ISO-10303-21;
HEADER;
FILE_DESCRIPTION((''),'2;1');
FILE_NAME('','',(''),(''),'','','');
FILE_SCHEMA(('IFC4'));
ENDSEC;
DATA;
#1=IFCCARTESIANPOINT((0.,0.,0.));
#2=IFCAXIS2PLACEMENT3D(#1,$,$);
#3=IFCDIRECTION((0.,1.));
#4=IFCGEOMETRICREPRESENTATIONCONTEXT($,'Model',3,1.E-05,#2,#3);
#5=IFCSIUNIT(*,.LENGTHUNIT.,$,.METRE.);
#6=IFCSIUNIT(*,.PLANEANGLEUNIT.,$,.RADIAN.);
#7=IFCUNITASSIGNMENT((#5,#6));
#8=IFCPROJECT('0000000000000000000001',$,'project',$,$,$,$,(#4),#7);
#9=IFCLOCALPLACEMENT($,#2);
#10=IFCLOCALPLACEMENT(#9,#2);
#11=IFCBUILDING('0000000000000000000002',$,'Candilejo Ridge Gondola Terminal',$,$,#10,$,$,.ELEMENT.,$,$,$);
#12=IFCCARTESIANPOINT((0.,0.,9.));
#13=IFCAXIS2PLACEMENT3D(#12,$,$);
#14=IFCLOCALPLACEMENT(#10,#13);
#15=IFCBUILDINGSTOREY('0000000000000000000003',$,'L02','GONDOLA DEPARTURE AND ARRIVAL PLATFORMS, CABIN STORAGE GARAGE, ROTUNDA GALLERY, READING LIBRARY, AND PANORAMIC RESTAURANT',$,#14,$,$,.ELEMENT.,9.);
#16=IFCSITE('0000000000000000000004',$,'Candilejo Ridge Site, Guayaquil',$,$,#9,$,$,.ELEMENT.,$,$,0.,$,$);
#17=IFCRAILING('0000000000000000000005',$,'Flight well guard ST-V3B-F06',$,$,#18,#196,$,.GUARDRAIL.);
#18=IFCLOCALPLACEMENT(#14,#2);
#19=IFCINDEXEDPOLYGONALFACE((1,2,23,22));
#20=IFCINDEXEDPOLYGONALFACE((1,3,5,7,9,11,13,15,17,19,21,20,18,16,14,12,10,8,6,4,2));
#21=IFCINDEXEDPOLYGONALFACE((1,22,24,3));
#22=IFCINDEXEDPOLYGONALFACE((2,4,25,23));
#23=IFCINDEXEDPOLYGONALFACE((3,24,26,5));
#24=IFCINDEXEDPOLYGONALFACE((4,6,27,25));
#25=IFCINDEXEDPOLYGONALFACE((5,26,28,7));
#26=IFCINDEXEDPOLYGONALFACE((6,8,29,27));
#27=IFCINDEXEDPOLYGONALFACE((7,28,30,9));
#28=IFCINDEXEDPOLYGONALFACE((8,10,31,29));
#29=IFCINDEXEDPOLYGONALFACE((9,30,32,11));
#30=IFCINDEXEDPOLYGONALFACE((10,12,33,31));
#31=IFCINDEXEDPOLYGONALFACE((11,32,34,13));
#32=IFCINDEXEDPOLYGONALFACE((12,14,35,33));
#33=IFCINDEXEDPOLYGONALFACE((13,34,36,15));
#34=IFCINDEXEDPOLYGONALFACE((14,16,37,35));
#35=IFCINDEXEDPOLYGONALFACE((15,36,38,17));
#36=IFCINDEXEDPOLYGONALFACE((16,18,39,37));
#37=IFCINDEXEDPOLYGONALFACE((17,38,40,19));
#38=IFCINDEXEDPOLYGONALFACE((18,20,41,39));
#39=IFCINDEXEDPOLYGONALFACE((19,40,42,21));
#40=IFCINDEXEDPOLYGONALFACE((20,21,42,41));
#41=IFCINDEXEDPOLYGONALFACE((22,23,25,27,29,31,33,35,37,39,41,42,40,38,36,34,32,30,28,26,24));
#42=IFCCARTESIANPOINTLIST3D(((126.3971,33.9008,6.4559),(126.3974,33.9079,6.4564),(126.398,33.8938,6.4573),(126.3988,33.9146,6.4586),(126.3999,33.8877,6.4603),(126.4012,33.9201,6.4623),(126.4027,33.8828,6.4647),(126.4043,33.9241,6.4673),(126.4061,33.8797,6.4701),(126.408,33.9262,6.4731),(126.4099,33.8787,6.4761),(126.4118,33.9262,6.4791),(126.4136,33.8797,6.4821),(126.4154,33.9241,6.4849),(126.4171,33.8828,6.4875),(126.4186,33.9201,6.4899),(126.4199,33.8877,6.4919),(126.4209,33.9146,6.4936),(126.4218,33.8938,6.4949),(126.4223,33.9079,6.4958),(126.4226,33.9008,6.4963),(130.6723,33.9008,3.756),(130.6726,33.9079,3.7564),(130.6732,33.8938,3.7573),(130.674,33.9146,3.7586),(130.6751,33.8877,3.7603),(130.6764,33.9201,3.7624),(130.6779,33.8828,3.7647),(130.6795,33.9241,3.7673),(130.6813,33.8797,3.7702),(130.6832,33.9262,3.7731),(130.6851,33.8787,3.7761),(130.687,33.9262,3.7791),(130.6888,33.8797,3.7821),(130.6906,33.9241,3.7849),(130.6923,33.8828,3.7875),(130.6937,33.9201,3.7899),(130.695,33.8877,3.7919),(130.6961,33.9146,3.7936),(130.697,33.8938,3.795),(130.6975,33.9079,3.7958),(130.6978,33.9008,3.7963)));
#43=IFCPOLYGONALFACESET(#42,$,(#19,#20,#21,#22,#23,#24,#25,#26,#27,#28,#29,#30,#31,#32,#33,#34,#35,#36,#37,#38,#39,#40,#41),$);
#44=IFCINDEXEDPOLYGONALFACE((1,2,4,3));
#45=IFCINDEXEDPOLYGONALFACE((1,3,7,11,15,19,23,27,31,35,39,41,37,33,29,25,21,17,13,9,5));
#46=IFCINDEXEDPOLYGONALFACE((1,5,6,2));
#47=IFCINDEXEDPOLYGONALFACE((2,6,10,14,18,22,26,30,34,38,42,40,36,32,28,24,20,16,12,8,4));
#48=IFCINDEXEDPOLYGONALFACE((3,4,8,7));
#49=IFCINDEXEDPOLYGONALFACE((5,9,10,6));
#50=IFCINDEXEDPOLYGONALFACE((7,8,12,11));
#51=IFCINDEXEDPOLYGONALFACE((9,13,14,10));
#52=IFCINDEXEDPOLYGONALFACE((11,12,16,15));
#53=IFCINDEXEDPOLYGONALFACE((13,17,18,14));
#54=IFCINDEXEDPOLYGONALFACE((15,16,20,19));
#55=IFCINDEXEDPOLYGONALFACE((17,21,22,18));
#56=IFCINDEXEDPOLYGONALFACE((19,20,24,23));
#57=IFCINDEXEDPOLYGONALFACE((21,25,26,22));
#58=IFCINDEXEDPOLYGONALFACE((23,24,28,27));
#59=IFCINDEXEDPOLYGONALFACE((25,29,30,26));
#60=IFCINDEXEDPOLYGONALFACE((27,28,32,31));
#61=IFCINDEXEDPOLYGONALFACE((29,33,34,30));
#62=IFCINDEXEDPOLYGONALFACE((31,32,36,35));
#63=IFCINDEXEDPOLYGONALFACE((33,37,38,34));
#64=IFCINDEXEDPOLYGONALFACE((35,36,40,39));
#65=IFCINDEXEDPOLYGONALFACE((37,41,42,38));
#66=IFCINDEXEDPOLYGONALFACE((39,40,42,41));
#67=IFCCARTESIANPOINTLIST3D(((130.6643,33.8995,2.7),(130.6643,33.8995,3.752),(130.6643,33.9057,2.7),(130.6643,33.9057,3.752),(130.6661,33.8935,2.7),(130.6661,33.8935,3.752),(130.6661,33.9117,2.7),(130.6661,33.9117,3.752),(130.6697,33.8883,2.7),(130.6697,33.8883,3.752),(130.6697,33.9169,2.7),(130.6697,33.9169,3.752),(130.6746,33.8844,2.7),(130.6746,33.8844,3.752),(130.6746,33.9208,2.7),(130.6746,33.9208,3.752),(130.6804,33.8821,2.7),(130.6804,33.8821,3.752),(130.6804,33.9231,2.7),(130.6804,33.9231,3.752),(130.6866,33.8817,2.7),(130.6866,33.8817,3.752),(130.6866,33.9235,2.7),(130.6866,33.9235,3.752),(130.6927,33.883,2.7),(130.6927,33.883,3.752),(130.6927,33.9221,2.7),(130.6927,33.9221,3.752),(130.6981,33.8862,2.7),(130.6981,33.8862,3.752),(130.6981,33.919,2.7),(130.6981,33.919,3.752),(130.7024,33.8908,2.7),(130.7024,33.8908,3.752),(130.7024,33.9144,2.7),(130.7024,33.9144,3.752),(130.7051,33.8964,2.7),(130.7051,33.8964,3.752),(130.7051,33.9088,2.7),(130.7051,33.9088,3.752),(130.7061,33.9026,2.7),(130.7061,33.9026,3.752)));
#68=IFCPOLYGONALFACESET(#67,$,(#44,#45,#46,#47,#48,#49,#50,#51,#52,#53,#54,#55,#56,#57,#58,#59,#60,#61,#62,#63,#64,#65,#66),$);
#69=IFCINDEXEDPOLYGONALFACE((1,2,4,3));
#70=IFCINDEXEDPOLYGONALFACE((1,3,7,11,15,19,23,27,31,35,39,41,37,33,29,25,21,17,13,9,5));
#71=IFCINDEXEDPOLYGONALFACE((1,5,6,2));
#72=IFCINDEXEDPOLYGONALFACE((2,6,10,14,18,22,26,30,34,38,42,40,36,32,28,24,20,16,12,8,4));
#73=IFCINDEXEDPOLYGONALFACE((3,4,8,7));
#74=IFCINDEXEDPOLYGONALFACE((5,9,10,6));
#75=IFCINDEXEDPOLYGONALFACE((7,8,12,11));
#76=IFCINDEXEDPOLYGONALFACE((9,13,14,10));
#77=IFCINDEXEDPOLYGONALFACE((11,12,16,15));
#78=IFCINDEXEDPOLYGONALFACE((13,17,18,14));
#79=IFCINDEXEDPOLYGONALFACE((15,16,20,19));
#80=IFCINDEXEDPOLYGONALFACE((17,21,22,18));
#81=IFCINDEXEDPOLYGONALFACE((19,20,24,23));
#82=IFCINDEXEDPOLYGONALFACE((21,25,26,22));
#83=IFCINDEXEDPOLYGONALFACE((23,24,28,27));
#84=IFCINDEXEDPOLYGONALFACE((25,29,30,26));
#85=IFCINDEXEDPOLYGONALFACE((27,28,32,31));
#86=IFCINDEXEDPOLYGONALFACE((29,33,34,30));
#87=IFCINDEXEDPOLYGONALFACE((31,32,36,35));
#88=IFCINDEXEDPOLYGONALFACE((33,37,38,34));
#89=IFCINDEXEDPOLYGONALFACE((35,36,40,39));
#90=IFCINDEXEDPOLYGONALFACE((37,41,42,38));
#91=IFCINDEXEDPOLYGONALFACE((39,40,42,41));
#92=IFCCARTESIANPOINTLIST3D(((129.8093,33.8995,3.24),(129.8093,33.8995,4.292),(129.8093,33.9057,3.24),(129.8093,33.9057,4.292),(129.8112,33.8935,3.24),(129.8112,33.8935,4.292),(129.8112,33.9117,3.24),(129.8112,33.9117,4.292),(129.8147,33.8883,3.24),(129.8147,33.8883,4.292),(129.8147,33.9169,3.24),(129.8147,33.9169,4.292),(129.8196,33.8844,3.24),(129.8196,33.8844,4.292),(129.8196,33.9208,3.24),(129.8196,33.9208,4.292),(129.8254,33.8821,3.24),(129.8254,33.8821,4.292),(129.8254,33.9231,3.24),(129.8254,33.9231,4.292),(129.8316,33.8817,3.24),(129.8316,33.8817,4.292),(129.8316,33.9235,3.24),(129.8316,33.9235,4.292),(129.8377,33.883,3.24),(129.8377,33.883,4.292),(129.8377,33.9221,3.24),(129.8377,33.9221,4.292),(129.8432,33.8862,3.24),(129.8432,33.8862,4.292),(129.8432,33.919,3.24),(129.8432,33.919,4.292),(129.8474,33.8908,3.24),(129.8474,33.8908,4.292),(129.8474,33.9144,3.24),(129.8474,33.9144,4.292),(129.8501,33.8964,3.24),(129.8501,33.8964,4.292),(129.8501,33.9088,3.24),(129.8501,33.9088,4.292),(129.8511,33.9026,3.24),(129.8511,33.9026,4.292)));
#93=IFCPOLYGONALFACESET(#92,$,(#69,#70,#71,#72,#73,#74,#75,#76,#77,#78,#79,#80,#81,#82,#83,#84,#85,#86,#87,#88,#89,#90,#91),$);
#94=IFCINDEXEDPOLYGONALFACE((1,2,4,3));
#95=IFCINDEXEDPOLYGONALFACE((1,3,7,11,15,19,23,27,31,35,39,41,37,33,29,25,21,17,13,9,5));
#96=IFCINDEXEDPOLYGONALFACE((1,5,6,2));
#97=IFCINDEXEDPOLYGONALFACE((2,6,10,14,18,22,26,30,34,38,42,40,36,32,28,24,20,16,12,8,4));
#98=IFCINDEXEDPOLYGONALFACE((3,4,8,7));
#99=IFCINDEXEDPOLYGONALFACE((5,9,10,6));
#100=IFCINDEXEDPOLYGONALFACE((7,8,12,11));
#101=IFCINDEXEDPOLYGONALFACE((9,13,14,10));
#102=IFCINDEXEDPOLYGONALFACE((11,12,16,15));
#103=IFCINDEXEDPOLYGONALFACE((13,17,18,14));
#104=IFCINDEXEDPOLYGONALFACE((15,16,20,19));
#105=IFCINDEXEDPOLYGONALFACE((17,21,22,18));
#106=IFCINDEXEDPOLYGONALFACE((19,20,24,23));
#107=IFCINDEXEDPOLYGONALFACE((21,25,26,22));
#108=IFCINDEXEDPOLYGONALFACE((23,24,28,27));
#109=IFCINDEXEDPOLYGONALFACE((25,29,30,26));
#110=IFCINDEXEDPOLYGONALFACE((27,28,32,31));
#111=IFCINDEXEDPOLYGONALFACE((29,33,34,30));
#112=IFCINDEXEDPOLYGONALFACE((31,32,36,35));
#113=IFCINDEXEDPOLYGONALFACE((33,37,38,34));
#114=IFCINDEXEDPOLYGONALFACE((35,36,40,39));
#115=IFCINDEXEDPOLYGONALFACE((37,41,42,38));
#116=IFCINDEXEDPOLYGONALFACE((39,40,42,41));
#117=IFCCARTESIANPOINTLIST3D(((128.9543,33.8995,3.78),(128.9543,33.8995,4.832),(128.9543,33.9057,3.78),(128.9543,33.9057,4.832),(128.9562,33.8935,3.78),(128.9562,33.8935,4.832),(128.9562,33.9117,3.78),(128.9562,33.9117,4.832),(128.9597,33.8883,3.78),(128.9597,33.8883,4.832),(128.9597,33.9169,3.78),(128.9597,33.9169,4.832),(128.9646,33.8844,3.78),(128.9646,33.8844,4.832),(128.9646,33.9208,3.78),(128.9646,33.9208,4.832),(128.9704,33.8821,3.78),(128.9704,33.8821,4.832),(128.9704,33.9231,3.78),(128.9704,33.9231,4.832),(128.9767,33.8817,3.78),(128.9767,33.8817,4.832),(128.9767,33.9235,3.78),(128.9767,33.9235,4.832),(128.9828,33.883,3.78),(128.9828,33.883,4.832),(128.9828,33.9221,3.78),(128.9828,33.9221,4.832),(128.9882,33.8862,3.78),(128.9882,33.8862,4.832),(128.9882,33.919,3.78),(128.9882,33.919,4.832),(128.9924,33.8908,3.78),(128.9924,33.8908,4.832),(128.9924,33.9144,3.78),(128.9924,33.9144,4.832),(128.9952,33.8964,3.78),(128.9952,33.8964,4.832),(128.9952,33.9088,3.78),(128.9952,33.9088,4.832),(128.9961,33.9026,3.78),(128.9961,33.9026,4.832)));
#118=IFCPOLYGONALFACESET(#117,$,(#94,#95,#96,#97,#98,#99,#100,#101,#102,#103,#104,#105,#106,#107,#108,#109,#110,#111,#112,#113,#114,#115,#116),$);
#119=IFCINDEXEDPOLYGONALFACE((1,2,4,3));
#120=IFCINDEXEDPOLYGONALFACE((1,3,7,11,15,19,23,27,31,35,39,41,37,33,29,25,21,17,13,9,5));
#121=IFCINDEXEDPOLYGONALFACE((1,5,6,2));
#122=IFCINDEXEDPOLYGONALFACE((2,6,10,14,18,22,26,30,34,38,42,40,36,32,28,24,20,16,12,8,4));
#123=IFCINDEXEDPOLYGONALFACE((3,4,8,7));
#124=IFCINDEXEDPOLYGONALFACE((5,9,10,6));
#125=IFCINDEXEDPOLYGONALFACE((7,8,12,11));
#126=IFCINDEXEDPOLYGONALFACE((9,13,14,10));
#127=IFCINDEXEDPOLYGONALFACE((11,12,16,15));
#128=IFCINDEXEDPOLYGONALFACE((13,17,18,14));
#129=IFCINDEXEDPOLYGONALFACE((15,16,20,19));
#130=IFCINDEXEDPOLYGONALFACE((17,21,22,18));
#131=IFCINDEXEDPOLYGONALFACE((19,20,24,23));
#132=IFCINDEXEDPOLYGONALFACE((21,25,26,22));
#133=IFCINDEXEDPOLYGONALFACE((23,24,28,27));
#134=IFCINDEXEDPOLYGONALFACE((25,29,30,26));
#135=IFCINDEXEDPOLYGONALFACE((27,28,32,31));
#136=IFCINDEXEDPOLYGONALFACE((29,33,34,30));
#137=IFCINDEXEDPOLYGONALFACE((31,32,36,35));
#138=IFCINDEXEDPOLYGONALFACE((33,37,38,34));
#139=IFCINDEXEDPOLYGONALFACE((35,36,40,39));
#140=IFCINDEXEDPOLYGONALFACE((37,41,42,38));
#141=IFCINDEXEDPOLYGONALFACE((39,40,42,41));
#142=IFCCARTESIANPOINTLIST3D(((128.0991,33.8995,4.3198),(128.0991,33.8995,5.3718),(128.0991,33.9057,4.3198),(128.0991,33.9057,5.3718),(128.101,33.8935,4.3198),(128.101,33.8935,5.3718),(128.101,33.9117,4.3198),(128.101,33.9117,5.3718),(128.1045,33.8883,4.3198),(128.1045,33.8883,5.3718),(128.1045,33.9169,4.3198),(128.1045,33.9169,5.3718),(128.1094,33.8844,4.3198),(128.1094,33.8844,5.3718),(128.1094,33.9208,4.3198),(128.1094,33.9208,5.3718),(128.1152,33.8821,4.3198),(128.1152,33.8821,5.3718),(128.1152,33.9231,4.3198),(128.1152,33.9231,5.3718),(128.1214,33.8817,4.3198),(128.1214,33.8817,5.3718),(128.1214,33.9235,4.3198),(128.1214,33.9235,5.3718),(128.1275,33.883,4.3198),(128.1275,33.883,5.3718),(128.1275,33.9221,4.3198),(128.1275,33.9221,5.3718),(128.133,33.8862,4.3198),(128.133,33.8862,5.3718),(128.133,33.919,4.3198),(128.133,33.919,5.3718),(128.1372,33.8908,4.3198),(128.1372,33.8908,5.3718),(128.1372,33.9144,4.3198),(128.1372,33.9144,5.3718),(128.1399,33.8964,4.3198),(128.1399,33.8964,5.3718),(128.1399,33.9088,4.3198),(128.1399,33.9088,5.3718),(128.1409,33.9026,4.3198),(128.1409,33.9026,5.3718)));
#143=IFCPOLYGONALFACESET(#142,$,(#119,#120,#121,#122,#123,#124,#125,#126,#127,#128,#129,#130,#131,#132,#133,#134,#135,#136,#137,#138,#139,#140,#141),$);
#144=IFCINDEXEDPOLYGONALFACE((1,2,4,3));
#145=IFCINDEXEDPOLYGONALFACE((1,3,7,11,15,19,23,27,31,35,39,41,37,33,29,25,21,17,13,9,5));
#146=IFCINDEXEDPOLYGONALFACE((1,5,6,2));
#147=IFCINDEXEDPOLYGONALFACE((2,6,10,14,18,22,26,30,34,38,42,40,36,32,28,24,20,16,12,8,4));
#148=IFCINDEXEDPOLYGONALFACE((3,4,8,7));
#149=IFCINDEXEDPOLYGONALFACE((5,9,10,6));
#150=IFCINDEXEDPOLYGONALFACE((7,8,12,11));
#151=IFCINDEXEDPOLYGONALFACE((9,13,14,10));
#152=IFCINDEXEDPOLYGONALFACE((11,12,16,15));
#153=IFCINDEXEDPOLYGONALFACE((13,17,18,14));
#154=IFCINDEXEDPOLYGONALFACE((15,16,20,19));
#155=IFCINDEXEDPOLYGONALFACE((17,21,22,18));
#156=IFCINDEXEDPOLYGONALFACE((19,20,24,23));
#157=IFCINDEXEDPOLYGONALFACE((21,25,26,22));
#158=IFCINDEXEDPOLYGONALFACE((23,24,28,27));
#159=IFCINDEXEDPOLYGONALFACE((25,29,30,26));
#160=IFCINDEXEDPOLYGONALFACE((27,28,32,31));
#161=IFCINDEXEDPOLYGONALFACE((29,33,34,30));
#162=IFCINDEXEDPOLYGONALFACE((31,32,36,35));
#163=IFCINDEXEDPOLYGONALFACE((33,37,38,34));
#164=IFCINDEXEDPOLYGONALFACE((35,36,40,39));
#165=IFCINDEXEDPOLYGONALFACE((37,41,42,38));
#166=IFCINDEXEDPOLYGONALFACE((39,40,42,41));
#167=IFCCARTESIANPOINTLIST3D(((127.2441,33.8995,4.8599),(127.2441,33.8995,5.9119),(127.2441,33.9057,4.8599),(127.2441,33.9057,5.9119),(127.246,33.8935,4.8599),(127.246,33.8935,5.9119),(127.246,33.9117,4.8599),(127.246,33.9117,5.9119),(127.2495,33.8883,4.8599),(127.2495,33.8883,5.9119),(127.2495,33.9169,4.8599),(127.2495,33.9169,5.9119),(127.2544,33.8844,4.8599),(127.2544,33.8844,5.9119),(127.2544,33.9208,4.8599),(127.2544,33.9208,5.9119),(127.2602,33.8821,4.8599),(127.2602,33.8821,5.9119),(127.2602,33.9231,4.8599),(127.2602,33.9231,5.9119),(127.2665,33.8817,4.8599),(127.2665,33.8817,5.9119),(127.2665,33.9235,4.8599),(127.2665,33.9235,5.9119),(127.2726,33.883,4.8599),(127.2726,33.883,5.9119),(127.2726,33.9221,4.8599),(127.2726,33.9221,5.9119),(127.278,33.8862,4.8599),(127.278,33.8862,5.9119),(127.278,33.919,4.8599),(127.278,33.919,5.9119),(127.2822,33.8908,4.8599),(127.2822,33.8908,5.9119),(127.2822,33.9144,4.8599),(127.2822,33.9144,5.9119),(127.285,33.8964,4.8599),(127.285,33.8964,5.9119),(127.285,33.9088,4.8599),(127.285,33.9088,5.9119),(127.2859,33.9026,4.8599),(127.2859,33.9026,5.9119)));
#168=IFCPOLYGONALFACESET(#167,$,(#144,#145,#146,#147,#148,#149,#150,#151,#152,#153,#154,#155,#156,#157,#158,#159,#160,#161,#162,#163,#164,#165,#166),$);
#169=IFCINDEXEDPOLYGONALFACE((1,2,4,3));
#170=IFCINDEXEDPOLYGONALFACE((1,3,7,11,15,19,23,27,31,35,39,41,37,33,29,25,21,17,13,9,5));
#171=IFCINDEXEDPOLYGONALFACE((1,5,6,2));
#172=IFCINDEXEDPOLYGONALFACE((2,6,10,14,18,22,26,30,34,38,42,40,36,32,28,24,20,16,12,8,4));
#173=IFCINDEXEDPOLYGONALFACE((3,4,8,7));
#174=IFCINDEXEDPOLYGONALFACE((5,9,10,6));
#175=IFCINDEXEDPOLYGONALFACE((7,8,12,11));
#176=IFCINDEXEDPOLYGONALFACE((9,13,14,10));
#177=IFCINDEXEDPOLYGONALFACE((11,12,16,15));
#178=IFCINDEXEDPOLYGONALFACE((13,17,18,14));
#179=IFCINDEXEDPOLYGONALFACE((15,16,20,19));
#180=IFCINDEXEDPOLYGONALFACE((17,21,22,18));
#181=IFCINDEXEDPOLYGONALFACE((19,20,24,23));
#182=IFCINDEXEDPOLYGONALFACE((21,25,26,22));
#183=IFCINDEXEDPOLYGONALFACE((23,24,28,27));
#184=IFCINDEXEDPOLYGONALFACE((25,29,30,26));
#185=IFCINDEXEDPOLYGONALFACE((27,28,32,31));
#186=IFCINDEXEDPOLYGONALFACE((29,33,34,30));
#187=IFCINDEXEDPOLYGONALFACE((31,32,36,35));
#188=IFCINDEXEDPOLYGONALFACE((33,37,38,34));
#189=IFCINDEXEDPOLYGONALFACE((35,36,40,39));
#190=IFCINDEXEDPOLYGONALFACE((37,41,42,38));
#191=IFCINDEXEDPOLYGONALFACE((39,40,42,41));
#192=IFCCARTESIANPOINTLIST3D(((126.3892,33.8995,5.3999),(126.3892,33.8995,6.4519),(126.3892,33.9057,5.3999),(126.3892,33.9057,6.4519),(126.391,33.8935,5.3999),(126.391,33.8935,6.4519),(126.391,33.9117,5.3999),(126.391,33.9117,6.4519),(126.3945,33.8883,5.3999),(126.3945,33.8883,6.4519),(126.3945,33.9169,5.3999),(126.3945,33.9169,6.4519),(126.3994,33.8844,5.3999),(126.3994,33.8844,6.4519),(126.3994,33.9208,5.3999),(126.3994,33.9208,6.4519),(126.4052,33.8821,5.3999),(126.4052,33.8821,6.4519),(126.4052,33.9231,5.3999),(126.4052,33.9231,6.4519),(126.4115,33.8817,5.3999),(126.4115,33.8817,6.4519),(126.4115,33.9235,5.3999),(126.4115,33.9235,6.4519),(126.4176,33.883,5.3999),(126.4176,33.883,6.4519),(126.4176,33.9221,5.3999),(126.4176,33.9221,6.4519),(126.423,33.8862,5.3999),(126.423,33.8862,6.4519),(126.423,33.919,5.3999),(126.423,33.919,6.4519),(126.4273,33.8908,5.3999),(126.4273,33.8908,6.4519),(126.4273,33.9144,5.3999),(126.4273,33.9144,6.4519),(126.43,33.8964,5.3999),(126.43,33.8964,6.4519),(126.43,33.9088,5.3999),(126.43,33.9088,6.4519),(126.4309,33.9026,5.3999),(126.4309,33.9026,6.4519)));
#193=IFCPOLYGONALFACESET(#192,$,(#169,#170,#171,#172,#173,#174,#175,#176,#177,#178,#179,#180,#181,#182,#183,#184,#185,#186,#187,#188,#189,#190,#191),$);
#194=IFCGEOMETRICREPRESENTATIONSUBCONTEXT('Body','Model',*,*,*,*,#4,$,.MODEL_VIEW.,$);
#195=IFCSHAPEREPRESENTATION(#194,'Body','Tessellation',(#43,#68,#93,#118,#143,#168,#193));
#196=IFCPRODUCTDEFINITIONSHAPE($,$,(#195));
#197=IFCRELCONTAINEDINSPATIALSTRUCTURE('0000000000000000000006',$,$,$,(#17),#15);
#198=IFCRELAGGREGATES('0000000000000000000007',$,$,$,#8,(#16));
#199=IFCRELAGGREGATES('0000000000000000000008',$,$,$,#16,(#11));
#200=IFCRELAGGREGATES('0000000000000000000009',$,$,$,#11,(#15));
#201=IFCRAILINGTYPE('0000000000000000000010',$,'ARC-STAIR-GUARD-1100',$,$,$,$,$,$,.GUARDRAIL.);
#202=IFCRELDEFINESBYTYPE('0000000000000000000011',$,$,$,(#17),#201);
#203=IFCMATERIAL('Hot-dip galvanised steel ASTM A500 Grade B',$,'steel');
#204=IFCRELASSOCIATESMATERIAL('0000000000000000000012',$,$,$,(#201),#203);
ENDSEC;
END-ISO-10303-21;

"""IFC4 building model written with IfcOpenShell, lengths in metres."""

from ifc_helpers import new_model, si_unit, direction, frame, origin, origin_2d, place, context, subcontext, project, spatial, circle, extrude, material, type_object, element, save


model = new_model("IFC4")

# Units and contexts
model_context = context("Model", 3, precision=1e-05, world=origin(), true_north=direction((0.0, 1.0)))
body_context = subcontext(model_context, "Body", "Model", "MODEL_VIEW")
ifc_project = project(units=[si_unit("LENGTHUNIT", "METRE"), si_unit("PLANEANGLEUNIT", "RADIAN")], contexts=[model_context])

# Site, building, storey
site_placement = place(None, origin())
site = spatial("IfcSite", under=ifc_project, at=site_placement, Name="Candilejo Ridge Site, Guayaquil", CompositionType="ELEMENT", RefElevation=0.0)
building_placement = place(site_placement, origin())
building = spatial("IfcBuilding", under=site, at=building_placement, Name="Candilejo Ridge Gondola Terminal", CompositionType="ELEMENT")
storey_placement = place(building_placement, frame((0.0, 0.0, 9.0)))
storey = spatial("IfcBuildingStorey", under=building, at=storey_placement, Name="L02", Description="GONDOLA DEPARTURE AND ARRIVAL PLATFORMS, CABIN STORAGE GARAGE, ROTUNDA GALLERY, READING LIBRARY, AND PANORAMIC RESTAURANT", CompositionType="ELEMENT", Elevation=9.0)

# Railing
ifc_material_1 = material(Name="Hot-dip galvanised steel ASTM A500 Grade B", Category="steel")
railing_type_1 = type_object("IfcRailingType", Name="ARC-STAIR-GUARD-1100", PredefinedType="GUARDRAIL", material=ifc_material_1)
railing_1_placement = place(storey_placement, frame((130.6851, 33.9026, 2.7)))
element("IfcRailing", 1, at=railing_1_placement, inside=storey, type_object=railing_type_1, Name="Flight well guard ST-V3B-F06", PredefinedType="GUARDRAIL", context=body_context, shape_type="SweptSolid", body=[
    extrude(circle(Radius=0.0239, at=origin_2d()), frame((0.0, 0.0, 1.0762), z_axis=(-0.845502, 0.0, 0.533973), x_axis=(0.0, -1.0, 0.0)), (0.0, 0.0, 1.0), 5.0564),
    extrude(circle(Radius=0.021, at=origin_2d()), origin(), (0.0, 0.0, 1.0), 1.052),
    extrude(circle(Radius=0.021, at=origin_2d()), frame((-0.855, 0.0, 0.54)), (0.0, 0.0, 1.0), 1.052),
    extrude(circle(Radius=0.021, at=origin_2d()), frame((-1.71, 0.0, 1.0801)), (0.0, 0.0, 1.0), 1.052),
    extrude(circle(Radius=0.021, at=origin_2d()), frame((-2.5652, 0.0, 1.6199)), (0.0, 0.0, 1.0), 1.052),
    extrude(circle(Radius=0.021, at=origin_2d()), frame((-3.4202, 0.0, 2.1599)), (0.0, 0.0, 1.0), 1.052),
    extrude(circle(Radius=0.021, at=origin_2d()), frame((-4.2751, 0.0, 2.7)), (0.0, 0.0, 1.0), 1.052),
])

save(model, "model.ifc")
